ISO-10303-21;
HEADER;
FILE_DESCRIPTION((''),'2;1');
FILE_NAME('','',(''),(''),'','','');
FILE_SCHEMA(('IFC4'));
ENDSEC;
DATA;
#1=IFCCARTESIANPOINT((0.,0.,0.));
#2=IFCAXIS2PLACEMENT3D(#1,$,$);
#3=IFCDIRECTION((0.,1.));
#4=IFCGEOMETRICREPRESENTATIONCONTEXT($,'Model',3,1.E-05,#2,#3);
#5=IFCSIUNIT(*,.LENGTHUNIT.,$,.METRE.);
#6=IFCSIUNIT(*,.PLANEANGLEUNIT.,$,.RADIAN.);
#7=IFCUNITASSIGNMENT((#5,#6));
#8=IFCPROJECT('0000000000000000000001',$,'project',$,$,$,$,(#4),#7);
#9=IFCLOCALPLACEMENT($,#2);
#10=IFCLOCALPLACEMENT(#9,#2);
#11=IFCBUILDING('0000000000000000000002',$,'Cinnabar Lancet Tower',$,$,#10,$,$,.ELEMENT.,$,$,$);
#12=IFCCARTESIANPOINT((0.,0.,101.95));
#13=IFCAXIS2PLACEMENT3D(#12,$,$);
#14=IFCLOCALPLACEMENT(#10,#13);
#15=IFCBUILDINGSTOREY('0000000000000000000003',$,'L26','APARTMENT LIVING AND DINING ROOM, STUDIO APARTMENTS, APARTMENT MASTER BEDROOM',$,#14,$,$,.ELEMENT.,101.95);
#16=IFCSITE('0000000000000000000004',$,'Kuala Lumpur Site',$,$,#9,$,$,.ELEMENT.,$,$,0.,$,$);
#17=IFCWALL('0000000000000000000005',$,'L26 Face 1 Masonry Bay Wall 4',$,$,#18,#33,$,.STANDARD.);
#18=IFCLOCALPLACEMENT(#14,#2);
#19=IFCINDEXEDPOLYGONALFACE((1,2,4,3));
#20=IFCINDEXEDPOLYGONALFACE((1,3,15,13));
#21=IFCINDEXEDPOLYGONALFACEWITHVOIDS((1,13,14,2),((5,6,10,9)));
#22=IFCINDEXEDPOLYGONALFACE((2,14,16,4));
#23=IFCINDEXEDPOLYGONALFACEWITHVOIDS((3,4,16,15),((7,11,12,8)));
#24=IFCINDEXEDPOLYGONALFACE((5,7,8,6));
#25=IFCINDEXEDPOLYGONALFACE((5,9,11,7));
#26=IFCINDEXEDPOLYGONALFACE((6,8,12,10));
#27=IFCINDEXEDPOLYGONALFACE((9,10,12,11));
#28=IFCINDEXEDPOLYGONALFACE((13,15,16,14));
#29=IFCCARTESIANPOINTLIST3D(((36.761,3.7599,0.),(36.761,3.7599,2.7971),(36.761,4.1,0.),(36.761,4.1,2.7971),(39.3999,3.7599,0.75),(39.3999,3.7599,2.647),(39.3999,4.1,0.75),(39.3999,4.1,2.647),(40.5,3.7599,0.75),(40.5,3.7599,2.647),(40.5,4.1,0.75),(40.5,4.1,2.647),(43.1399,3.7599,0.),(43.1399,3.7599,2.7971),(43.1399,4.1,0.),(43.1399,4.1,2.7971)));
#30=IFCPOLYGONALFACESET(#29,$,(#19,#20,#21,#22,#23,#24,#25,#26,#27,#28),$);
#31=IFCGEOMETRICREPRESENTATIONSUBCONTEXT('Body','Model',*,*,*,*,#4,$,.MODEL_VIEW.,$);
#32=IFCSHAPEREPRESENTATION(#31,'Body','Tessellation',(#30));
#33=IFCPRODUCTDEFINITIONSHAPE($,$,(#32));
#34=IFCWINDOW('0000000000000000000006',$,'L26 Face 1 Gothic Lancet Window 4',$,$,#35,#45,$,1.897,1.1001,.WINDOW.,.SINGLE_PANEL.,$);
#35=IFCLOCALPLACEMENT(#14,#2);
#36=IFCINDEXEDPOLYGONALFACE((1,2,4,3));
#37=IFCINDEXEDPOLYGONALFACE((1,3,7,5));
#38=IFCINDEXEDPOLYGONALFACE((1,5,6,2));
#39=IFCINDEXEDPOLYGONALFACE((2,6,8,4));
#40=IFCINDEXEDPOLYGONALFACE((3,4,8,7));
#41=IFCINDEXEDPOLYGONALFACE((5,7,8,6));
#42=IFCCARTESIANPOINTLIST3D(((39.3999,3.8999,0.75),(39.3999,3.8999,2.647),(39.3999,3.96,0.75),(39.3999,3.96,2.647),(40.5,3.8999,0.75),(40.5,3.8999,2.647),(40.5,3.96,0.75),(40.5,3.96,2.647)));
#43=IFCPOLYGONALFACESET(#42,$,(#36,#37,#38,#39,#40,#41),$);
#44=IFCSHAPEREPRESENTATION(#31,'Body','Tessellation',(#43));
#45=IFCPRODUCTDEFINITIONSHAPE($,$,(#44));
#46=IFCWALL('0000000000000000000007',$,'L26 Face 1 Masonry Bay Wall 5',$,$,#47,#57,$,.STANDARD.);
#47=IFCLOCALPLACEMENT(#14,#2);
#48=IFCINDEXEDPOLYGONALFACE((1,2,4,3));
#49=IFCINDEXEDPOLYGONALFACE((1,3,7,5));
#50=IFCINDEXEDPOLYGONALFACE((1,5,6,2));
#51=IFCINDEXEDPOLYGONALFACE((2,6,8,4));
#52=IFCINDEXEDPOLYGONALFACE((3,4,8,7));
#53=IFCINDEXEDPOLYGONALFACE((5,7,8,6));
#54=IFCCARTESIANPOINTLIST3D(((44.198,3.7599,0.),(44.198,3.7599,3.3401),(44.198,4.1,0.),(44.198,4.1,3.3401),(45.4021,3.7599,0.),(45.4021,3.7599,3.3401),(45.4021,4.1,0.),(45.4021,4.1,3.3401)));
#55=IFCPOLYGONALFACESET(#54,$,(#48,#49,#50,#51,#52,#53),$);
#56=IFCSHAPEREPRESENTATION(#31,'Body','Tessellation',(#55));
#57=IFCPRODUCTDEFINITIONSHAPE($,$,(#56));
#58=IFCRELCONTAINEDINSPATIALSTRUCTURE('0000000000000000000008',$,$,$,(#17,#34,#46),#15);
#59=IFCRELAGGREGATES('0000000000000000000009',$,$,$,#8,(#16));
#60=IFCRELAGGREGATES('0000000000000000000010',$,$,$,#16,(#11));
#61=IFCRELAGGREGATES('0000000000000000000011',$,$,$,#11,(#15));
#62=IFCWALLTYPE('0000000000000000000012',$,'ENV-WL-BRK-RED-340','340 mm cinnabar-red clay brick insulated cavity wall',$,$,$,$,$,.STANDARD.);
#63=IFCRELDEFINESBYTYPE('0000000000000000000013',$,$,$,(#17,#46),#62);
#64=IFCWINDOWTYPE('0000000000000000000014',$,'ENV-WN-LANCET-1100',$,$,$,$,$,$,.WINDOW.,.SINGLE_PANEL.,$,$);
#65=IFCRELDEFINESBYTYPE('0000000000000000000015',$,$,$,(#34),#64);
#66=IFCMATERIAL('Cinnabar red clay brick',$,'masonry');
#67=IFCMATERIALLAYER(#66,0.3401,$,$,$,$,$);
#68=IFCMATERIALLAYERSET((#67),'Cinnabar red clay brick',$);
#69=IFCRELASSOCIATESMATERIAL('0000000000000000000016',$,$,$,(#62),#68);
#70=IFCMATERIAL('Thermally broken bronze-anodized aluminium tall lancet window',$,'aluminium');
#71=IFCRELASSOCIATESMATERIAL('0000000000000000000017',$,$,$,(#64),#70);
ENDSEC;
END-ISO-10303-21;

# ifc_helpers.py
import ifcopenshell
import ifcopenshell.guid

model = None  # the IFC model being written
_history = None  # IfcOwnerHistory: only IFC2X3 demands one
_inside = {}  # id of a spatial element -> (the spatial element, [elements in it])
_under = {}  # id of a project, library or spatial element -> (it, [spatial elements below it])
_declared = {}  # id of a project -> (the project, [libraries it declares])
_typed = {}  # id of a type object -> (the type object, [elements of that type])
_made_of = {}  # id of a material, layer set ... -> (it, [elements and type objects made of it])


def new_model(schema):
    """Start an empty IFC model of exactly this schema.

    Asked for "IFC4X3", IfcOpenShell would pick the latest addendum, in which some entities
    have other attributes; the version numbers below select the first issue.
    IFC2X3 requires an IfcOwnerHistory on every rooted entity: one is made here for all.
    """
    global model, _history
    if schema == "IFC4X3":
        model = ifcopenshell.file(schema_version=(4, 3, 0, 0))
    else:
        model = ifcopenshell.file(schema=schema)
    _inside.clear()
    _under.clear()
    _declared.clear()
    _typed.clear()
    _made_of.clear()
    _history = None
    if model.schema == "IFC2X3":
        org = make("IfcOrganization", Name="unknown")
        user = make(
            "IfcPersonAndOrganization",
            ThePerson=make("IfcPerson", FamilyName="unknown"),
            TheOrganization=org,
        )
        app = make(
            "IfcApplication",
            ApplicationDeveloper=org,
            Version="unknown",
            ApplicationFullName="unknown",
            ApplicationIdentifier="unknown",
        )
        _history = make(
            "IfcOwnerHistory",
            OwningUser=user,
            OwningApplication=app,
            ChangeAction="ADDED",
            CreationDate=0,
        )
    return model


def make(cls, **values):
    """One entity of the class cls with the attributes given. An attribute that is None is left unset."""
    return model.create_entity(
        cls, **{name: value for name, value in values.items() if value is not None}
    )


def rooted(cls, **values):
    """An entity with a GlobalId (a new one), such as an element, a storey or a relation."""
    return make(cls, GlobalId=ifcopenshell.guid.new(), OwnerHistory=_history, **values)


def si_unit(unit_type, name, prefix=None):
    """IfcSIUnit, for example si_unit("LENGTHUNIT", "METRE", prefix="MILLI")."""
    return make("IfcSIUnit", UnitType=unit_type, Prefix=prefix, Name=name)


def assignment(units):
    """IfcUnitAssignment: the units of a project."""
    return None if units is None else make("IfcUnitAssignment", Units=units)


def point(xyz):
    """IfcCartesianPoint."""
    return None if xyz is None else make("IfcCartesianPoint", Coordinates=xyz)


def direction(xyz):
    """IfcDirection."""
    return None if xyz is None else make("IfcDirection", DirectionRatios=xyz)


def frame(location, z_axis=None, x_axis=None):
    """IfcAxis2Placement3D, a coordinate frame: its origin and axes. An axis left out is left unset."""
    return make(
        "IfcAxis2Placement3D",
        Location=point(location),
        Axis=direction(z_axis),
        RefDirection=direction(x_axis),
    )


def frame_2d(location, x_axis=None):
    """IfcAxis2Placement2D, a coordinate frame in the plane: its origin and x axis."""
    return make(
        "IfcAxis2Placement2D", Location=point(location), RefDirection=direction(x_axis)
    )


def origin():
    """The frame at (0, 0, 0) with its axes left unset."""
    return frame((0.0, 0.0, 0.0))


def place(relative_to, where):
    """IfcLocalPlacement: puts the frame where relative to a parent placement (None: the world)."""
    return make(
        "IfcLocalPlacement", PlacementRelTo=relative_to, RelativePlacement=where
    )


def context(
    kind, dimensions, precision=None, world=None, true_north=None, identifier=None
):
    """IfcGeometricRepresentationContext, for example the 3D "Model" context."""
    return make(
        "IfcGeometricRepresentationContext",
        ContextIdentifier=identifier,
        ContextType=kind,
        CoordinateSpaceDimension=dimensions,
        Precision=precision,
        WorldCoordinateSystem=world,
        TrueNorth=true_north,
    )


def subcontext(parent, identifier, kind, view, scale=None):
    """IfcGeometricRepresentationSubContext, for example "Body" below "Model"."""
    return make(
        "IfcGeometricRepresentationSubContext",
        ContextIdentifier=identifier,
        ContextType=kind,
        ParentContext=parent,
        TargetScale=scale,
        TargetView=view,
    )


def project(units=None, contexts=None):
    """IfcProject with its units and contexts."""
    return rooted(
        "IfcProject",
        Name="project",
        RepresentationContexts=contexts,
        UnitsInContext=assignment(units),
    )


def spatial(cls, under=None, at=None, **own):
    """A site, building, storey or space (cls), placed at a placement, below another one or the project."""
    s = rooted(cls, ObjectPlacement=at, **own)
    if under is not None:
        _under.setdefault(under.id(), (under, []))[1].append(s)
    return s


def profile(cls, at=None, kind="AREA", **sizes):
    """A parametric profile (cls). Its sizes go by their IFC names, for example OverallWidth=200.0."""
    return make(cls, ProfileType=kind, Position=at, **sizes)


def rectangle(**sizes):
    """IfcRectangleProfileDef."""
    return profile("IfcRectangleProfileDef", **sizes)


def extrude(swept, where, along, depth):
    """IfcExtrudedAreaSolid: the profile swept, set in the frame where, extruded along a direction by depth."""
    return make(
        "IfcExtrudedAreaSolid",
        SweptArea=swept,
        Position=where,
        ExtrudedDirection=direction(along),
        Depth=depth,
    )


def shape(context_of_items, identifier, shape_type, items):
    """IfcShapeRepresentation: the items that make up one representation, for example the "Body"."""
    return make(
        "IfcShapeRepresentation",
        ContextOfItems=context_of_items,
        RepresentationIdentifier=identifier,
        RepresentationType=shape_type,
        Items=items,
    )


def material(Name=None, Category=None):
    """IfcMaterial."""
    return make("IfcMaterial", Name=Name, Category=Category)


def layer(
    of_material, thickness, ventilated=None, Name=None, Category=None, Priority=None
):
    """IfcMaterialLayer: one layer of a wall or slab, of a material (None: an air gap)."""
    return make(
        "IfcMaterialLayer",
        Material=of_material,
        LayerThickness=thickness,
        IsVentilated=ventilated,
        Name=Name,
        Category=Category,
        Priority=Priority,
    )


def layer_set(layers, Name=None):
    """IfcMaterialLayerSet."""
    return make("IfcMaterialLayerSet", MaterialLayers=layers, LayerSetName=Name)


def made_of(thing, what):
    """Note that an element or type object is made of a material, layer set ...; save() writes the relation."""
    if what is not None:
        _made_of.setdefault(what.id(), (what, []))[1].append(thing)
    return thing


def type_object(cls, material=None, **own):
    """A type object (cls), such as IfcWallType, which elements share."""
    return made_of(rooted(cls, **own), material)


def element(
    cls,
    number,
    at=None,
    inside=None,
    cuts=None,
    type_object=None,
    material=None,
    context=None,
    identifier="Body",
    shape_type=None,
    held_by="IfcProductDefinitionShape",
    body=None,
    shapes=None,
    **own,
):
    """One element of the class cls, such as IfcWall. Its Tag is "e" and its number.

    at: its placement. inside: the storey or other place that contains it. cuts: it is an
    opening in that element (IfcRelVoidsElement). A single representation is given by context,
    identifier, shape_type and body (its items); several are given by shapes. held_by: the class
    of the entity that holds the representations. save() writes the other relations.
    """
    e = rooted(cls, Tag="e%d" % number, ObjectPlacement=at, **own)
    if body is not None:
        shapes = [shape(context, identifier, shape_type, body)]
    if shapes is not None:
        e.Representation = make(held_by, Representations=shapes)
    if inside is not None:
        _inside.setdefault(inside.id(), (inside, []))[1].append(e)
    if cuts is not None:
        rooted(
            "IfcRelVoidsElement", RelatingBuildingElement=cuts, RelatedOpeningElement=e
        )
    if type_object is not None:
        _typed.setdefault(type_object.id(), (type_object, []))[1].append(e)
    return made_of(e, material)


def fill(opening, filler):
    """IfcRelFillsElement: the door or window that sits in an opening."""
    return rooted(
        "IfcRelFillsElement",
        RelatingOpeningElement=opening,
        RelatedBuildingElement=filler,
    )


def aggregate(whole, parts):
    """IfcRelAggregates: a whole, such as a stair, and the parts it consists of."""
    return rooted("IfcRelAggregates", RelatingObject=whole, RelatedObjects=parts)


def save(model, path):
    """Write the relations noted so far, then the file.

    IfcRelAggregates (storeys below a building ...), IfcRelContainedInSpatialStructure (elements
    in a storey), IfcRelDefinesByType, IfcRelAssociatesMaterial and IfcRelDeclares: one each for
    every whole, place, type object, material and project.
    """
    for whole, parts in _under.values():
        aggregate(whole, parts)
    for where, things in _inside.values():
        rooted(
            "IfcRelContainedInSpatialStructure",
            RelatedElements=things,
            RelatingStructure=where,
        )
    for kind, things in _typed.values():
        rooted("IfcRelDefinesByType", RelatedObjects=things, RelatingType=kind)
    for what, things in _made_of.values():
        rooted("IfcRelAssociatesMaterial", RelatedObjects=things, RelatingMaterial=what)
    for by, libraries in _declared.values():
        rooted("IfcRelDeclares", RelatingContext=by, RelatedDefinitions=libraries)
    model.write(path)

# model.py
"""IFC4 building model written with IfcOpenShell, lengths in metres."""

from ifc_helpers import new_model, si_unit, direction, frame, frame_2d, origin, place, context, subcontext, project, spatial, rectangle, extrude, material, layer, layer_set, type_object, element, fill, save


model = new_model("IFC4")

# Units and contexts
model_context = context("Model", 3, precision=1e-05, world=origin(), true_north=direction((0.0, 1.0)))
body_context = subcontext(model_context, "Body", "Model", "MODEL_VIEW")
ifc_project = project(units=[si_unit("LENGTHUNIT", "METRE"), si_unit("PLANEANGLEUNIT", "RADIAN")], contexts=[model_context])

# Site, building, storey
site_placement = place(None, origin())
site = spatial("IfcSite", under=ifc_project, at=site_placement, Name="Kuala Lumpur Site", CompositionType="ELEMENT", RefElevation=0.0)
building_placement = place(site_placement, origin())
building = spatial("IfcBuilding", under=site, at=building_placement, Name="Cinnabar Lancet Tower", CompositionType="ELEMENT")
storey_placement = place(building_placement, frame((0.0, 0.0, 101.95)))
storey = spatial("IfcBuildingStorey", under=building, at=storey_placement, Name="L26", Description="APARTMENT LIVING AND DINING ROOM, STUDIO APARTMENTS, APARTMENT MASTER BEDROOM", CompositionType="ELEMENT", Elevation=101.95)

# Wall, opening, window
ifc_material_1 = material(Name="Cinnabar red clay brick", Category="masonry")
ifc_layer_1 = layer(ifc_material_1, 0.3401)
ifc_layer_set_1 = layer_set([ifc_layer_1], Name="Cinnabar red clay brick")
wall_type_1 = type_object("IfcWallType", Name="ENV-WL-BRK-RED-340", Description="340 mm cinnabar-red clay brick insulated cavity wall", PredefinedType="STANDARD", material=ifc_layer_set_1)
wall_1_placement = place(storey_placement, frame((36.761, 3.9299, 0.0), z_axis=(0.0, 0.0, 1.0), x_axis=(1.0, 0.0, 0.0)))
wall_1 = element("IfcWall", 1, at=wall_1_placement, inside=storey, type_object=wall_type_1, Name="L26 Face 1 Masonry Bay Wall 4", PredefinedType="STANDARD", context=body_context, shape_type="SweptSolid", body=[
    extrude(rectangle(XDim=6.3789, YDim=0.3401, at=frame_2d((3.1895, 0.0))), origin(), (0.0, 0.0, 1.0), 2.7971),
])
opening_1_placement = place(wall_1_placement, frame((2.6389, 0.0, 0.75)))
opening_1 = element("IfcOpeningElement", 2, at=opening_1_placement, cuts=wall_1, PredefinedType="OPENING", context=body_context, shape_type="SweptSolid", body=[
    extrude(rectangle(XDim=1.1001, YDim=1.897, at=frame_2d((0.55, 0.9485))), frame((0.0, 0.1799, 0.0), z_axis=(0.0, -1.0, 0.0), x_axis=(1.0, 0.0, 0.0)), (0.0, 0.0, 1.0), 0.3601),
])
ifc_material_2 = material(Name="Thermally broken bronze-anodized aluminium tall lancet window", Category="aluminium")
window_type = type_object("IfcWindowType", Name="ENV-WN-LANCET-1100", PartitioningType="SINGLE_PANEL", PredefinedType="WINDOW", material=ifc_material_2)
window_placement = place(opening_1_placement, origin())
window = element("IfcWindow", 3, at=window_placement, inside=storey, type_object=window_type, Name="L26 Face 1 Gothic Lancet Window 4", OverallHeight=1.897, OverallWidth=1.1001, PartitioningType="SINGLE_PANEL", PredefinedType="WINDOW", context=body_context, shape_type="SweptSolid", body=[
    extrude(rectangle(XDim=1.1001, YDim=1.897, at=frame_2d((0.55, 0.9485))), frame((0.0, 0.03, 0.0), z_axis=(0.0, -1.0, 0.0), x_axis=(1.0, 0.0, 0.0)), (0.0, 0.0, 1.0), 0.0601),
])
fill(opening_1, window)

# Wall
wall_2_placement = place(storey_placement, frame((44.198, 3.9299, 0.0), z_axis=(0.0, 0.0, 1.0), x_axis=(1.0, 0.0, 0.0)))
element("IfcWall", 4, at=wall_2_placement, inside=storey, type_object=wall_type_1, Name="L26 Face 1 Masonry Bay Wall 5", PredefinedType="STANDARD", context=body_context, shape_type="SweptSolid", body=[
    extrude(rectangle(XDim=1.2041, YDim=0.3401, at=frame_2d((0.6021, 0.0))), origin(), (0.0, 0.0, 1.0), 3.3401),
])

save(model, "model.ifc")
